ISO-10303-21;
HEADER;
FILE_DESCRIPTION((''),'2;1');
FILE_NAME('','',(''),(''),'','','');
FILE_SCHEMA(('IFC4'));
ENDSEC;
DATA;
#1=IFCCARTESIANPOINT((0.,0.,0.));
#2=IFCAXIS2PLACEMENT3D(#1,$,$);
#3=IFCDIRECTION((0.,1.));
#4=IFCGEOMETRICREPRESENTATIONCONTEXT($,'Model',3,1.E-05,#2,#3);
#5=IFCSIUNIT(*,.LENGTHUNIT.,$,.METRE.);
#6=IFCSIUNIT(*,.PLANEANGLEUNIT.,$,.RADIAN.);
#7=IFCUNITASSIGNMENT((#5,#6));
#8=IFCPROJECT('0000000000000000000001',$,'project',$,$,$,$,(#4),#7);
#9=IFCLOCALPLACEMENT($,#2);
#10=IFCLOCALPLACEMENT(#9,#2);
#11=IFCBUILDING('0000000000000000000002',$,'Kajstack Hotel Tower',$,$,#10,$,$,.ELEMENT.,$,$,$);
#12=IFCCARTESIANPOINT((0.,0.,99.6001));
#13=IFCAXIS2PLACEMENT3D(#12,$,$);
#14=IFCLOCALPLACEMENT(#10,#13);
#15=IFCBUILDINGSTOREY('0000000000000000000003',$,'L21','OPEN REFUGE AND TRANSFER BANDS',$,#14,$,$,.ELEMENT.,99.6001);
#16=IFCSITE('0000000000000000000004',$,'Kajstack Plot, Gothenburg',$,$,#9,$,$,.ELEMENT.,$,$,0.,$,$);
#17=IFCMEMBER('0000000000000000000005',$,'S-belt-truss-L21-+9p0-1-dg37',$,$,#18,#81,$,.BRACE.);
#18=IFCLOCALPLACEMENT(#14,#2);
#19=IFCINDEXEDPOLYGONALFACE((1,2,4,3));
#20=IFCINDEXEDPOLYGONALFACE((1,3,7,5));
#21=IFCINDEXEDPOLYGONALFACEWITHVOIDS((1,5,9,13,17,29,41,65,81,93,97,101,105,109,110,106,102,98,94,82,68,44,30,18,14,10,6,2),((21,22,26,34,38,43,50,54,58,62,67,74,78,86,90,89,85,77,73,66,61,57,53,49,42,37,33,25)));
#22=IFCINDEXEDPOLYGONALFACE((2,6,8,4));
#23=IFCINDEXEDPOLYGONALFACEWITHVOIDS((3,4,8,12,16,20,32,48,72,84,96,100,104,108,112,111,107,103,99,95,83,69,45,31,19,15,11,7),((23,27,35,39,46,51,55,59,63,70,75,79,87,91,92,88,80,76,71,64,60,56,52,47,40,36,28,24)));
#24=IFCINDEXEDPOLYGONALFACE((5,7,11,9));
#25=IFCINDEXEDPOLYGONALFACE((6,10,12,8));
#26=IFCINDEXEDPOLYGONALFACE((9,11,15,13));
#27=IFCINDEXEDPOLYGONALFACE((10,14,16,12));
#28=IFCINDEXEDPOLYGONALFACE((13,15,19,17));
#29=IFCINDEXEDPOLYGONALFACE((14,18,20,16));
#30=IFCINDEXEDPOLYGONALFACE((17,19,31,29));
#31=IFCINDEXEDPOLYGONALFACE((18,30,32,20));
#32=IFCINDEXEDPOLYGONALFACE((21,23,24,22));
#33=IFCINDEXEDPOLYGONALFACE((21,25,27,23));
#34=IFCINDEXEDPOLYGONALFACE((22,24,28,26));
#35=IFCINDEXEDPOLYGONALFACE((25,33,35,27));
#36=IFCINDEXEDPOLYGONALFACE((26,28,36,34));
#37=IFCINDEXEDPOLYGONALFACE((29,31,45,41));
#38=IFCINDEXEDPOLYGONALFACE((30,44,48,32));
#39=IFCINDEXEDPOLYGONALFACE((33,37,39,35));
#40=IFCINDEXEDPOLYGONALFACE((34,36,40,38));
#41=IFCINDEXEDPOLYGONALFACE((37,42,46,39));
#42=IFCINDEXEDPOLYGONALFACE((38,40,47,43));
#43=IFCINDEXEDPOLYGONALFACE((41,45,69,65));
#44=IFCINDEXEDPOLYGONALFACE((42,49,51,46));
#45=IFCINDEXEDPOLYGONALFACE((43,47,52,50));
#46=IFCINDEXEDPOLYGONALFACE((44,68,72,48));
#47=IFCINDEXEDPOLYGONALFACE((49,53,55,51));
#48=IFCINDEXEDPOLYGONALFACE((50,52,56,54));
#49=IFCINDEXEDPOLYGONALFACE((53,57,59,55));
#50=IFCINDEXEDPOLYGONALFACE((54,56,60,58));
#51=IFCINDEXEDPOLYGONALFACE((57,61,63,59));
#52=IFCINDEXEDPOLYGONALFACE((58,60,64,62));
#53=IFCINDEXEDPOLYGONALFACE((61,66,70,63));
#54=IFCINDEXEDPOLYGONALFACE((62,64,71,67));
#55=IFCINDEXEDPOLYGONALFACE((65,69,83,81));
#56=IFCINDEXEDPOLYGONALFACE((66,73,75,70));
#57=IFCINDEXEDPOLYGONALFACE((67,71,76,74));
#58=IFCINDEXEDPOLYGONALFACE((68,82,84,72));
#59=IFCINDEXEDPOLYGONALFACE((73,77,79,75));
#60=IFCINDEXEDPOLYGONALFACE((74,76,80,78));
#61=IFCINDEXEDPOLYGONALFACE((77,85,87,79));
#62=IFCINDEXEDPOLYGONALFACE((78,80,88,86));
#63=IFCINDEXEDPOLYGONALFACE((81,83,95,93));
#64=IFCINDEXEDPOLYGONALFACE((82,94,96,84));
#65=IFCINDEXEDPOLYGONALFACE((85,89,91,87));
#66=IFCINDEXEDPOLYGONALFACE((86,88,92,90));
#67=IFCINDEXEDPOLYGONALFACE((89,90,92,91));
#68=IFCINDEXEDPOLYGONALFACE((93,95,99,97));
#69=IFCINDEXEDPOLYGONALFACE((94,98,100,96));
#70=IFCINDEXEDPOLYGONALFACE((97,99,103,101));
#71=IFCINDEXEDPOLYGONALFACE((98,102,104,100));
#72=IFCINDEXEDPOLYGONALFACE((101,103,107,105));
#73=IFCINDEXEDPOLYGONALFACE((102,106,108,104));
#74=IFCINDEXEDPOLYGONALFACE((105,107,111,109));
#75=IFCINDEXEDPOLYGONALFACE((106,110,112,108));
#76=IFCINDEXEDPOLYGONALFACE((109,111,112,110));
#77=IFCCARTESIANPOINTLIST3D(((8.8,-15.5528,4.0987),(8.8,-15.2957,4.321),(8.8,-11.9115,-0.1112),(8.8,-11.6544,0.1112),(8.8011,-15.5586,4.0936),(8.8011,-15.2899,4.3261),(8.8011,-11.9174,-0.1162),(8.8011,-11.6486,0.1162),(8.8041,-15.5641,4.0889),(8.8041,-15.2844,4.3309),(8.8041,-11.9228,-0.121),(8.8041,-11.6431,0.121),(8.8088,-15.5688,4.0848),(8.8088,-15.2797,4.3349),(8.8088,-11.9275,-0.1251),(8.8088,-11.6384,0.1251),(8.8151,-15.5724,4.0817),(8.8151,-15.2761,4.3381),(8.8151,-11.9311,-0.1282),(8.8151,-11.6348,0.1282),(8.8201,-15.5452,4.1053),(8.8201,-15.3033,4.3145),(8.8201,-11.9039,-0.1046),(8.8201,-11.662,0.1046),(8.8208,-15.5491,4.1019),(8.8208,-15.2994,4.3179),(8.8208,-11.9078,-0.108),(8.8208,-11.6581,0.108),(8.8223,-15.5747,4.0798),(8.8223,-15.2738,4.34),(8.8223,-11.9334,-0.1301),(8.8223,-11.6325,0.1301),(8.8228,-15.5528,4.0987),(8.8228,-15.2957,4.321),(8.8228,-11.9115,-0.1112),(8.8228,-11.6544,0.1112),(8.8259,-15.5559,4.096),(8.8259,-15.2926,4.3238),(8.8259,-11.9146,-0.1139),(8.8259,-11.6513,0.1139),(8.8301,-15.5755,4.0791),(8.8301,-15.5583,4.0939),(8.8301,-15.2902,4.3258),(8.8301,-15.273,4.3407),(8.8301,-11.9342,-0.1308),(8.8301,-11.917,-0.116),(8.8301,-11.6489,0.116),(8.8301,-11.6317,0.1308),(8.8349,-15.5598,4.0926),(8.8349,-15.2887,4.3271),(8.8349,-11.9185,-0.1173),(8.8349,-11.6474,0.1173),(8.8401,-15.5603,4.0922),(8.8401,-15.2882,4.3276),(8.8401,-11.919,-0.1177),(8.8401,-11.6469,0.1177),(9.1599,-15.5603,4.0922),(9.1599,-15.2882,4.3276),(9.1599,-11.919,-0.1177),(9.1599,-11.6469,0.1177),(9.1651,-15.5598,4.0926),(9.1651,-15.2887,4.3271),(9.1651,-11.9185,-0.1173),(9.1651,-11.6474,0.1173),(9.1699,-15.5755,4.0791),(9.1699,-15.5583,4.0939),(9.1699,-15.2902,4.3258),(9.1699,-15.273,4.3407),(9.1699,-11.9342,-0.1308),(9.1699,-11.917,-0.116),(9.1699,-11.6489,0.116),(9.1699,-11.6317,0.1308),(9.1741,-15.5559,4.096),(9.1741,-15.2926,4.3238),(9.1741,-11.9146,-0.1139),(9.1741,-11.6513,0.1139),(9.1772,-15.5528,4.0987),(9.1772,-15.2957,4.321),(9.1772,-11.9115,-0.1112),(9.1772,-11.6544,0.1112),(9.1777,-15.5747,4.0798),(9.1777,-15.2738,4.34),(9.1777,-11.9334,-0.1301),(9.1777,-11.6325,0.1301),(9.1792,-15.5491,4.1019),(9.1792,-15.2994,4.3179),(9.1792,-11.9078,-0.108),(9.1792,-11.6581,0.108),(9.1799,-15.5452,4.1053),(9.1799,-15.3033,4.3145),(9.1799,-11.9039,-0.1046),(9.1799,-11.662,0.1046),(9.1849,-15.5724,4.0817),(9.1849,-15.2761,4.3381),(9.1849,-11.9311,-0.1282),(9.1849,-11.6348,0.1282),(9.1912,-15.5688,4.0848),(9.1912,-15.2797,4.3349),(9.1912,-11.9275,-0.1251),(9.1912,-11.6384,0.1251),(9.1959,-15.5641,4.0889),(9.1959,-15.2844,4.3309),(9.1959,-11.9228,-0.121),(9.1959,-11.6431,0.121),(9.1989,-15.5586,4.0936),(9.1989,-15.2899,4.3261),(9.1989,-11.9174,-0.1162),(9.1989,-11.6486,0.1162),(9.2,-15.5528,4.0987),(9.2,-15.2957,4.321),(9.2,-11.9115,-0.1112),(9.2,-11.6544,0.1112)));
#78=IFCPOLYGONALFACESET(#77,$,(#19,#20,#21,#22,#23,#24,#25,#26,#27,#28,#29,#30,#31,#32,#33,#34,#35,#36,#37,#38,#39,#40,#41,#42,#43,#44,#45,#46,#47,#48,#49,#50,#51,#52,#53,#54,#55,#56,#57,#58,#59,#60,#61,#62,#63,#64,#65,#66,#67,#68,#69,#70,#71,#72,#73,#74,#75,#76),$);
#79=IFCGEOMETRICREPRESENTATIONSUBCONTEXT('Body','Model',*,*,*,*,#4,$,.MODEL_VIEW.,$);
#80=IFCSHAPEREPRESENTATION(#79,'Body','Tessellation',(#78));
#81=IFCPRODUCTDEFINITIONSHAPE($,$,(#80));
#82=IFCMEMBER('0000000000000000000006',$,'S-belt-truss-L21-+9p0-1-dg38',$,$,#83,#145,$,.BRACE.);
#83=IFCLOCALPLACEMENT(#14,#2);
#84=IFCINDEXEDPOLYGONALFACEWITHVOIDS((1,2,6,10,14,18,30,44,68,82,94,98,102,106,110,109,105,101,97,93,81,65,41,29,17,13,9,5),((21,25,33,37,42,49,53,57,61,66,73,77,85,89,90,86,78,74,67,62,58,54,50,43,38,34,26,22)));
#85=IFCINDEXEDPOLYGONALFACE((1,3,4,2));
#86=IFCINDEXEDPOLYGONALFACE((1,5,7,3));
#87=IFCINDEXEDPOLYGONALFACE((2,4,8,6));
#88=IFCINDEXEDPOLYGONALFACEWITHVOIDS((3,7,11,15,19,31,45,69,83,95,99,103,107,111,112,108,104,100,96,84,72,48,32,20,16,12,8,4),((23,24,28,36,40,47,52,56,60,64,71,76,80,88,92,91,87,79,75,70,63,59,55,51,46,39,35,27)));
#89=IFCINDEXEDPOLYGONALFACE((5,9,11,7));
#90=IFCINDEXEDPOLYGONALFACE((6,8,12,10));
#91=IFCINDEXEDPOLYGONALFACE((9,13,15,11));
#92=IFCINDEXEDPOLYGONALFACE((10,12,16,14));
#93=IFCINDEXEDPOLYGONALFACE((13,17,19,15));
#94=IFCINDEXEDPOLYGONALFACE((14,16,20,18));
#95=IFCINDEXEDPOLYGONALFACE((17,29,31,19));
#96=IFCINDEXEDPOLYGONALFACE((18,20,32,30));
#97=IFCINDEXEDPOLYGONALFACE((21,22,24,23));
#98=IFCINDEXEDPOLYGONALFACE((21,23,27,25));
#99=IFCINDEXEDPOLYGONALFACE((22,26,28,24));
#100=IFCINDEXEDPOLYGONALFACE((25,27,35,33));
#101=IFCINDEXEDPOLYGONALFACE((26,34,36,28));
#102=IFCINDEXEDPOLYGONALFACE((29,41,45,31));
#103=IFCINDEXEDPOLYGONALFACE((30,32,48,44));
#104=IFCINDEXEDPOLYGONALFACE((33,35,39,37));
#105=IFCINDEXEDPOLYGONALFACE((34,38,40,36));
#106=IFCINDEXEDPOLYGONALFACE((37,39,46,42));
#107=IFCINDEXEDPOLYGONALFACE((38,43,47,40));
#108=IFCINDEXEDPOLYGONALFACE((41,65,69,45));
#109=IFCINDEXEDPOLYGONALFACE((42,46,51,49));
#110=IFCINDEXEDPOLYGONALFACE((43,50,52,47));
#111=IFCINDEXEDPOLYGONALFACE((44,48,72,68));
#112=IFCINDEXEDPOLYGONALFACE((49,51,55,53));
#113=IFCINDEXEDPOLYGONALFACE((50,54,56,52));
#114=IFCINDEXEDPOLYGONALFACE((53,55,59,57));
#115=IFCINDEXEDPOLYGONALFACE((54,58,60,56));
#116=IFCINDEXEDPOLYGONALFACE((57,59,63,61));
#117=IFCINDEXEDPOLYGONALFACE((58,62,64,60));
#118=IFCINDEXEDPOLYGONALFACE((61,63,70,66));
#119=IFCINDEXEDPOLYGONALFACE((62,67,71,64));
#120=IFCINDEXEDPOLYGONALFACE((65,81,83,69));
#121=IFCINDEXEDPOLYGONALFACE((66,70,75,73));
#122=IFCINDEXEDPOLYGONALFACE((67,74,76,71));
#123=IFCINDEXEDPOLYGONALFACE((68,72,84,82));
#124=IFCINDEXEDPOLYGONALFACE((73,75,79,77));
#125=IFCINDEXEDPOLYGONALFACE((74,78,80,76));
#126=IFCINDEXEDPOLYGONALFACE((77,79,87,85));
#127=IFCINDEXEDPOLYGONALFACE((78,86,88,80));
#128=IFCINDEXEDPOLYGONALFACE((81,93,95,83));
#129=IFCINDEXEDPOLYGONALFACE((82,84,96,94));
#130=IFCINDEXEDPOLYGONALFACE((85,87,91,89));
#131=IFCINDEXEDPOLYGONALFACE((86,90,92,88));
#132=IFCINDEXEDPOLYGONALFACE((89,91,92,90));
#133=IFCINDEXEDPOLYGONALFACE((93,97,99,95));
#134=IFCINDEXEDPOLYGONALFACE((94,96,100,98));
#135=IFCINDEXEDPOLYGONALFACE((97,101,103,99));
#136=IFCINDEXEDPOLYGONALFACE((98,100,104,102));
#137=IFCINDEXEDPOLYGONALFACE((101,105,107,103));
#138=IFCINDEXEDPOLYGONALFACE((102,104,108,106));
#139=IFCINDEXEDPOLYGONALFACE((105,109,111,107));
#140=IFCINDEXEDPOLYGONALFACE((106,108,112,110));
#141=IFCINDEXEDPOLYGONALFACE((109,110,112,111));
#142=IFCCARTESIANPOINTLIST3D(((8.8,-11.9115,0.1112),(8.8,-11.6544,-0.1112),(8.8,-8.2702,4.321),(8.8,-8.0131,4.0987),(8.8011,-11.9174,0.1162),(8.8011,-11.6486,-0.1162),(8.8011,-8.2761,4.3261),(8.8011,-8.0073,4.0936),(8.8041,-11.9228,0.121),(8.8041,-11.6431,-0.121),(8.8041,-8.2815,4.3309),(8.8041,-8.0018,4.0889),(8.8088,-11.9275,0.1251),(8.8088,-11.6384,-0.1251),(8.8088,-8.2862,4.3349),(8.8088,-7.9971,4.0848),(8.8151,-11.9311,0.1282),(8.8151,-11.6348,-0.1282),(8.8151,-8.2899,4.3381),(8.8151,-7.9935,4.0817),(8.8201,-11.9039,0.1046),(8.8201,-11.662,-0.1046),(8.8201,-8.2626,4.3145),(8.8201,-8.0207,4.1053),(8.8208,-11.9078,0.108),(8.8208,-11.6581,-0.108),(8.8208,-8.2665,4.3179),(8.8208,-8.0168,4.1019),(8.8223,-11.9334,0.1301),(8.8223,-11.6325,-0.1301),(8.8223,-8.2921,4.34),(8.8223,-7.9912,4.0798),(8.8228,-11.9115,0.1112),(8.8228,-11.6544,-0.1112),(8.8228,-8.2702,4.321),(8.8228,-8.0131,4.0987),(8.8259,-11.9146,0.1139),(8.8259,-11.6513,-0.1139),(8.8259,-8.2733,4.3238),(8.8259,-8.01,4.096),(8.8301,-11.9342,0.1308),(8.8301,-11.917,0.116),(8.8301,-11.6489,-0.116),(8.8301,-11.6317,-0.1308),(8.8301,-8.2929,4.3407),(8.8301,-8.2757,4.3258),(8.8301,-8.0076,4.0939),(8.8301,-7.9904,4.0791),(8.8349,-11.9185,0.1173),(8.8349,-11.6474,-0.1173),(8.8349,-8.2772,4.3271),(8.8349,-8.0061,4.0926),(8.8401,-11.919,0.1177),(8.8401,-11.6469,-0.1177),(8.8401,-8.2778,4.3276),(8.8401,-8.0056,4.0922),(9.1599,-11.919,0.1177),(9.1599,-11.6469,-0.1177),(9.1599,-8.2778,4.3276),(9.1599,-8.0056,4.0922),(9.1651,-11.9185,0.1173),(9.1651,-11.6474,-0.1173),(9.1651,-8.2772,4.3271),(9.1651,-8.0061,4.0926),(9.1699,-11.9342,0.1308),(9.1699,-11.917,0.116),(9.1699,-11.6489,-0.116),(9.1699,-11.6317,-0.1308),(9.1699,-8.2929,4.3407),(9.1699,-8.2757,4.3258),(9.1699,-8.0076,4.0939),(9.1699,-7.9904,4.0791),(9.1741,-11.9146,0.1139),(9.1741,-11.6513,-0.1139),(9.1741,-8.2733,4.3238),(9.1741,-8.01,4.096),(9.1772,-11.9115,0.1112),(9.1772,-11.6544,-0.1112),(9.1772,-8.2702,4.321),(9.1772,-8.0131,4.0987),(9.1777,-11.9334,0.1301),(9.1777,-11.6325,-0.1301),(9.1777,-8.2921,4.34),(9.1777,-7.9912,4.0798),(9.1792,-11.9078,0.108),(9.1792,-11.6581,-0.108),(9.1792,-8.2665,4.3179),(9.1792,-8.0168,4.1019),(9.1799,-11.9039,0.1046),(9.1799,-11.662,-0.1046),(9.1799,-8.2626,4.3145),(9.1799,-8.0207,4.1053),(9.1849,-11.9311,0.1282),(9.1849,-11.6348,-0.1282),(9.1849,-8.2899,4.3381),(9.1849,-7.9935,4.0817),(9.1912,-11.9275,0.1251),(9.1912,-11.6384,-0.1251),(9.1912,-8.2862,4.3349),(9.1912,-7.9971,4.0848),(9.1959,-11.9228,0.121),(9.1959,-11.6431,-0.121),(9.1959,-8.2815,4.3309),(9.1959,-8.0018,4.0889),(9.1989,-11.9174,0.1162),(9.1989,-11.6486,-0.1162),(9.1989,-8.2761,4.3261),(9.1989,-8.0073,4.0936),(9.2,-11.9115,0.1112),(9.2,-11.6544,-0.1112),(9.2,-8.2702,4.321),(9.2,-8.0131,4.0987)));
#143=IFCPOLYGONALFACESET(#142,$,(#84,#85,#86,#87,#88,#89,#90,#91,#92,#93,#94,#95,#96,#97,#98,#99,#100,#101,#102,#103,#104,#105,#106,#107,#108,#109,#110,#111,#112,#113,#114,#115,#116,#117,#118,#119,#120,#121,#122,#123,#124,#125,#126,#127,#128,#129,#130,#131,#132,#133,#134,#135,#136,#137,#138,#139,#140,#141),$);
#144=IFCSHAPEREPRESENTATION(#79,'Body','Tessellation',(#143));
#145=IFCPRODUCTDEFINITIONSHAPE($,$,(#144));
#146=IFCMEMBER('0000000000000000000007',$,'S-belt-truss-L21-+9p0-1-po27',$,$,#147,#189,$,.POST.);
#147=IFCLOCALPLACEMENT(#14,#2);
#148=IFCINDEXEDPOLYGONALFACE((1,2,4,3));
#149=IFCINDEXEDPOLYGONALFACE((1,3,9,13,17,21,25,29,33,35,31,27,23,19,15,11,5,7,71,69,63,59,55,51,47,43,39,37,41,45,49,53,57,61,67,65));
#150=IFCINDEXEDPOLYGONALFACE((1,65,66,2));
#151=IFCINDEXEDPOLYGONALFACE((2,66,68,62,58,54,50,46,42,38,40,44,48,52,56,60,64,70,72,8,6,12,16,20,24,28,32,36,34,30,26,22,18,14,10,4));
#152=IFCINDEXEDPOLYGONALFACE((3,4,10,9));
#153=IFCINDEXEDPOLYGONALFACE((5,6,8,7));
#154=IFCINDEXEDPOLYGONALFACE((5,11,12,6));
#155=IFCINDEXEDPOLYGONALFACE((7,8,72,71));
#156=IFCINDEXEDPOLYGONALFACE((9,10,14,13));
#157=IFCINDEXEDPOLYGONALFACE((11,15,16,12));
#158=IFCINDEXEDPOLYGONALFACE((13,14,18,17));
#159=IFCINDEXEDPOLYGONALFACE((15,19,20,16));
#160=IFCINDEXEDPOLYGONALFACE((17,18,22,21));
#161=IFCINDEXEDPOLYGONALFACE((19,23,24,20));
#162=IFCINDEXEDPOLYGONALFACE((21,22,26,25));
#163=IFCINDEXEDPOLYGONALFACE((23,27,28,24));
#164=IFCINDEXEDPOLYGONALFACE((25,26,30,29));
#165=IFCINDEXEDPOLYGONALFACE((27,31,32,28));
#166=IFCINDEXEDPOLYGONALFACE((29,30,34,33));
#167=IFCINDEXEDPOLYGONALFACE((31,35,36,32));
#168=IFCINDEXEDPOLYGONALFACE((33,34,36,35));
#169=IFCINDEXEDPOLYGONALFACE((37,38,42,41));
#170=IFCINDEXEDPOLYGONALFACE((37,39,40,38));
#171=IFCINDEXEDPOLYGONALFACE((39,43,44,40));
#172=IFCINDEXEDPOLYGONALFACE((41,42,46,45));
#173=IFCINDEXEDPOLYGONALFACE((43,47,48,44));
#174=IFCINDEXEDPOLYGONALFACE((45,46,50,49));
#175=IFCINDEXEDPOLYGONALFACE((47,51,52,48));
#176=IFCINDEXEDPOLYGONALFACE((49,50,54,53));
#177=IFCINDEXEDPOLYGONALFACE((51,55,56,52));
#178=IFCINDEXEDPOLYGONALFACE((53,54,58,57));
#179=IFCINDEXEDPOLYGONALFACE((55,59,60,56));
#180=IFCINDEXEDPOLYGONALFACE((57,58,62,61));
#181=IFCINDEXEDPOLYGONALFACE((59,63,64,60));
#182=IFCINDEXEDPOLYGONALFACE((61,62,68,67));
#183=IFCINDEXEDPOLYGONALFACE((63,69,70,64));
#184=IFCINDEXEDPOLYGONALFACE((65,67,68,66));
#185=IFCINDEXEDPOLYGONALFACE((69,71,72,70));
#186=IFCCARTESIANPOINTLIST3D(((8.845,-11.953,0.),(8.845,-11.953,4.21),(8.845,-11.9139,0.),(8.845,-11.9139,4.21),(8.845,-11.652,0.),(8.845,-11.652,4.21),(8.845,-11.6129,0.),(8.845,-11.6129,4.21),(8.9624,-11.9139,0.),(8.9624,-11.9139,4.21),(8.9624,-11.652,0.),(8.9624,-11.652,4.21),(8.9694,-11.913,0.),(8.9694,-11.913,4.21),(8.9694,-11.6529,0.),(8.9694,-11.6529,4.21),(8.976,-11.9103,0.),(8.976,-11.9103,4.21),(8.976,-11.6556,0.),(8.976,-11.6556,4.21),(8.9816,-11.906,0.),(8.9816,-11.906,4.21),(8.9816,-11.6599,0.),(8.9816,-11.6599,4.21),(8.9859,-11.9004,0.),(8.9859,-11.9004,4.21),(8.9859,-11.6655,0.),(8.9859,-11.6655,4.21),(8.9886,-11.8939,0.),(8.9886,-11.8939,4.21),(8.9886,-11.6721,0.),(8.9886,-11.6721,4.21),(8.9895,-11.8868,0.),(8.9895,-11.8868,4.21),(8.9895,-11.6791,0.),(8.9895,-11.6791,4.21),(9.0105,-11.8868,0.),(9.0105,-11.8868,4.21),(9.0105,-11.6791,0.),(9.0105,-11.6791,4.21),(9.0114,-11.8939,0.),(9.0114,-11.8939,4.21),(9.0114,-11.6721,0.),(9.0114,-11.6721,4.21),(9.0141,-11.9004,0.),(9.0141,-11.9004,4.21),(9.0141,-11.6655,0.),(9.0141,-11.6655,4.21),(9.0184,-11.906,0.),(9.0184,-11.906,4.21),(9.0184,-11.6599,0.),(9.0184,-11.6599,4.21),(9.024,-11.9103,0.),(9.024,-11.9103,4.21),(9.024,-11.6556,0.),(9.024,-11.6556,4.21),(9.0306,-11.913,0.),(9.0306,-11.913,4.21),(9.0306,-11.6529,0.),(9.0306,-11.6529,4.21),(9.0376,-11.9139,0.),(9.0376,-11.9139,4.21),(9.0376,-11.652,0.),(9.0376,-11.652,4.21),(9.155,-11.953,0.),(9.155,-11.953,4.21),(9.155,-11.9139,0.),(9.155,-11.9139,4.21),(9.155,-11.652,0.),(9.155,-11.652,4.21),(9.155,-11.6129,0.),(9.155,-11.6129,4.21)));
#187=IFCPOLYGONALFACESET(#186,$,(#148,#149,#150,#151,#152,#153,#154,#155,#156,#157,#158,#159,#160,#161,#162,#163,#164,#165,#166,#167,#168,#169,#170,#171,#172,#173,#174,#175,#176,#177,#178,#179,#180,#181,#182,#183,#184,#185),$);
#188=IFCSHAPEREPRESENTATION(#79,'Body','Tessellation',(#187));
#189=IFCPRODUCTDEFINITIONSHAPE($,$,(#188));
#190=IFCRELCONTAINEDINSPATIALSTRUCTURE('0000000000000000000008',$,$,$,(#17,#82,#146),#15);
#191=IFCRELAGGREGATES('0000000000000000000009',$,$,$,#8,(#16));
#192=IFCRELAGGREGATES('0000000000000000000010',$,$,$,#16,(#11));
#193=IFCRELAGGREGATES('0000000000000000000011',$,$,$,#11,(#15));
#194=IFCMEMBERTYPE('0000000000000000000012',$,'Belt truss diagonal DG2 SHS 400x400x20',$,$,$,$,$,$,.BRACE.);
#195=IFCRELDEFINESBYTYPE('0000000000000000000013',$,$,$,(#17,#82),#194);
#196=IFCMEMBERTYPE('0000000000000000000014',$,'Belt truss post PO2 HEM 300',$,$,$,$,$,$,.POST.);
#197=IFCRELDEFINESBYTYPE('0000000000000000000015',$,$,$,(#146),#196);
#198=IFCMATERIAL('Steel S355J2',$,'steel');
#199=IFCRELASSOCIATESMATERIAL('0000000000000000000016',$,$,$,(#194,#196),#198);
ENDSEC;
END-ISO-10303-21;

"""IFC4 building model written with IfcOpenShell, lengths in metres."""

from ifc_helpers import new_model, si_unit, direction, frame, origin, origin_2d, place, context, subcontext, project, spatial, hollow_rectangle, i_section, extrude, material, material_profile, profile_set, type_object, element, save


model = new_model("IFC4")

# Units and contexts
model_context = context("Model", 3, precision=1e-05, world=origin(), true_north=direction((0.0, 1.0)))
body_context = subcontext(model_context, "Body", "Model", "MODEL_VIEW")
ifc_project = project(units=[si_unit("LENGTHUNIT", "METRE"), si_unit("PLANEANGLEUNIT", "RADIAN")], contexts=[model_context])

# Site, building, storey
site_placement = place(None, origin())
site = spatial("IfcSite", under=ifc_project, at=site_placement, Name="Kajstack Plot, Gothenburg", CompositionType="ELEMENT", RefElevation=0.0)
building_placement = place(site_placement, origin())
building = spatial("IfcBuilding", under=site, at=building_placement, Name="Kajstack Hotel Tower", CompositionType="ELEMENT")
storey_placement = place(building_placement, frame((0.0, 0.0, 99.6001)))
storey = spatial("IfcBuildingStorey", under=building, at=storey_placement, Name="L21", Description="OPEN REFUGE AND TRANSFER BANDS", CompositionType="ELEMENT", Elevation=99.6001)

# Members
ifc_material = material(Name="Steel S355J2", Category="steel")
ifc_material_profile_1 = material_profile(ifc_material, hollow_rectangle(XDim=0.3999, YDim=0.3999, WallThickness=0.02, InnerFilletRadius=0.02, OuterFilletRadius=0.03, at=origin_2d()), Name="SHS 400x400x20")
ifc_profile_set_1 = profile_set([ifc_material_profile_1], Name="Steel S355J2")
member_type_1 = type_object("IfcMemberType", Name="Belt truss diagonal DG2 SHS 400x400x20", PredefinedType="BRACE", material=ifc_profile_set_1)
for number, where, z_axis, x_axis, name in (
    (1, (9.0, -11.783, 0.0), (0.0, -0.654184, 0.756336), (1.0, 0.0, 0.0), "S-belt-truss-L21-+9p0-1-dg37"),
    (2, (9.0, -11.783, 0.0), (0.0, 0.654184, 0.756336), (-1.0, 0.0, 0.0), "S-belt-truss-L21-+9p0-1-dg38"),
):
    element("IfcMember", number, at=place(storey_placement, frame(where, z_axis=z_axis, x_axis=x_axis)), inside=storey, type_object=member_type_1, Name=name, PredefinedType="BRACE", context=body_context, shape_type="SweptSolid", body=[
        extrude(hollow_rectangle(XDim=0.3999, YDim=0.3999, WallThickness=0.02, InnerFilletRadius=0.02, OuterFilletRadius=0.03, at=origin_2d()), origin(), (0.0, 0.0, 1.0), 5.5662),
    ])
ifc_material_profile_2 = material_profile(ifc_material, i_section(OverallWidth=0.3101, OverallDepth=0.3401, WebThickness=0.021, FlangeThickness=0.0391, FilletRadius=0.0271, at=origin_2d()), Name="HEM 300")
ifc_profile_set_2 = profile_set([ifc_material_profile_2], Name="Steel S355J2")
member_type_2 = type_object("IfcMemberType", Name="Belt truss post PO2 HEM 300", PredefinedType="POST", material=ifc_profile_set_2)
for number, where, z_axis, x_axis, name in (
    (3, (9.0, -11.783, 0.0), (0.0, 0.0, 1.0), (1.0, 0.0, 0.0), "S-belt-truss-L21-+9p0-1-po27"),
):
    element("IfcMember", number, at=place(storey_placement, frame(where, z_axis=z_axis, x_axis=x_axis)), inside=storey, type_object=member_type_2, Name=name, PredefinedType="POST", context=body_context, shape_type="SweptSolid", body=[
        extrude(i_section(OverallWidth=0.3101, OverallDepth=0.3401, WebThickness=0.021, FlangeThickness=0.0391, FilletRadius=0.0271, at=origin_2d()), origin(), (0.0, 0.0, 1.0), 4.21),
    ])

save(model, "model.ifc")
